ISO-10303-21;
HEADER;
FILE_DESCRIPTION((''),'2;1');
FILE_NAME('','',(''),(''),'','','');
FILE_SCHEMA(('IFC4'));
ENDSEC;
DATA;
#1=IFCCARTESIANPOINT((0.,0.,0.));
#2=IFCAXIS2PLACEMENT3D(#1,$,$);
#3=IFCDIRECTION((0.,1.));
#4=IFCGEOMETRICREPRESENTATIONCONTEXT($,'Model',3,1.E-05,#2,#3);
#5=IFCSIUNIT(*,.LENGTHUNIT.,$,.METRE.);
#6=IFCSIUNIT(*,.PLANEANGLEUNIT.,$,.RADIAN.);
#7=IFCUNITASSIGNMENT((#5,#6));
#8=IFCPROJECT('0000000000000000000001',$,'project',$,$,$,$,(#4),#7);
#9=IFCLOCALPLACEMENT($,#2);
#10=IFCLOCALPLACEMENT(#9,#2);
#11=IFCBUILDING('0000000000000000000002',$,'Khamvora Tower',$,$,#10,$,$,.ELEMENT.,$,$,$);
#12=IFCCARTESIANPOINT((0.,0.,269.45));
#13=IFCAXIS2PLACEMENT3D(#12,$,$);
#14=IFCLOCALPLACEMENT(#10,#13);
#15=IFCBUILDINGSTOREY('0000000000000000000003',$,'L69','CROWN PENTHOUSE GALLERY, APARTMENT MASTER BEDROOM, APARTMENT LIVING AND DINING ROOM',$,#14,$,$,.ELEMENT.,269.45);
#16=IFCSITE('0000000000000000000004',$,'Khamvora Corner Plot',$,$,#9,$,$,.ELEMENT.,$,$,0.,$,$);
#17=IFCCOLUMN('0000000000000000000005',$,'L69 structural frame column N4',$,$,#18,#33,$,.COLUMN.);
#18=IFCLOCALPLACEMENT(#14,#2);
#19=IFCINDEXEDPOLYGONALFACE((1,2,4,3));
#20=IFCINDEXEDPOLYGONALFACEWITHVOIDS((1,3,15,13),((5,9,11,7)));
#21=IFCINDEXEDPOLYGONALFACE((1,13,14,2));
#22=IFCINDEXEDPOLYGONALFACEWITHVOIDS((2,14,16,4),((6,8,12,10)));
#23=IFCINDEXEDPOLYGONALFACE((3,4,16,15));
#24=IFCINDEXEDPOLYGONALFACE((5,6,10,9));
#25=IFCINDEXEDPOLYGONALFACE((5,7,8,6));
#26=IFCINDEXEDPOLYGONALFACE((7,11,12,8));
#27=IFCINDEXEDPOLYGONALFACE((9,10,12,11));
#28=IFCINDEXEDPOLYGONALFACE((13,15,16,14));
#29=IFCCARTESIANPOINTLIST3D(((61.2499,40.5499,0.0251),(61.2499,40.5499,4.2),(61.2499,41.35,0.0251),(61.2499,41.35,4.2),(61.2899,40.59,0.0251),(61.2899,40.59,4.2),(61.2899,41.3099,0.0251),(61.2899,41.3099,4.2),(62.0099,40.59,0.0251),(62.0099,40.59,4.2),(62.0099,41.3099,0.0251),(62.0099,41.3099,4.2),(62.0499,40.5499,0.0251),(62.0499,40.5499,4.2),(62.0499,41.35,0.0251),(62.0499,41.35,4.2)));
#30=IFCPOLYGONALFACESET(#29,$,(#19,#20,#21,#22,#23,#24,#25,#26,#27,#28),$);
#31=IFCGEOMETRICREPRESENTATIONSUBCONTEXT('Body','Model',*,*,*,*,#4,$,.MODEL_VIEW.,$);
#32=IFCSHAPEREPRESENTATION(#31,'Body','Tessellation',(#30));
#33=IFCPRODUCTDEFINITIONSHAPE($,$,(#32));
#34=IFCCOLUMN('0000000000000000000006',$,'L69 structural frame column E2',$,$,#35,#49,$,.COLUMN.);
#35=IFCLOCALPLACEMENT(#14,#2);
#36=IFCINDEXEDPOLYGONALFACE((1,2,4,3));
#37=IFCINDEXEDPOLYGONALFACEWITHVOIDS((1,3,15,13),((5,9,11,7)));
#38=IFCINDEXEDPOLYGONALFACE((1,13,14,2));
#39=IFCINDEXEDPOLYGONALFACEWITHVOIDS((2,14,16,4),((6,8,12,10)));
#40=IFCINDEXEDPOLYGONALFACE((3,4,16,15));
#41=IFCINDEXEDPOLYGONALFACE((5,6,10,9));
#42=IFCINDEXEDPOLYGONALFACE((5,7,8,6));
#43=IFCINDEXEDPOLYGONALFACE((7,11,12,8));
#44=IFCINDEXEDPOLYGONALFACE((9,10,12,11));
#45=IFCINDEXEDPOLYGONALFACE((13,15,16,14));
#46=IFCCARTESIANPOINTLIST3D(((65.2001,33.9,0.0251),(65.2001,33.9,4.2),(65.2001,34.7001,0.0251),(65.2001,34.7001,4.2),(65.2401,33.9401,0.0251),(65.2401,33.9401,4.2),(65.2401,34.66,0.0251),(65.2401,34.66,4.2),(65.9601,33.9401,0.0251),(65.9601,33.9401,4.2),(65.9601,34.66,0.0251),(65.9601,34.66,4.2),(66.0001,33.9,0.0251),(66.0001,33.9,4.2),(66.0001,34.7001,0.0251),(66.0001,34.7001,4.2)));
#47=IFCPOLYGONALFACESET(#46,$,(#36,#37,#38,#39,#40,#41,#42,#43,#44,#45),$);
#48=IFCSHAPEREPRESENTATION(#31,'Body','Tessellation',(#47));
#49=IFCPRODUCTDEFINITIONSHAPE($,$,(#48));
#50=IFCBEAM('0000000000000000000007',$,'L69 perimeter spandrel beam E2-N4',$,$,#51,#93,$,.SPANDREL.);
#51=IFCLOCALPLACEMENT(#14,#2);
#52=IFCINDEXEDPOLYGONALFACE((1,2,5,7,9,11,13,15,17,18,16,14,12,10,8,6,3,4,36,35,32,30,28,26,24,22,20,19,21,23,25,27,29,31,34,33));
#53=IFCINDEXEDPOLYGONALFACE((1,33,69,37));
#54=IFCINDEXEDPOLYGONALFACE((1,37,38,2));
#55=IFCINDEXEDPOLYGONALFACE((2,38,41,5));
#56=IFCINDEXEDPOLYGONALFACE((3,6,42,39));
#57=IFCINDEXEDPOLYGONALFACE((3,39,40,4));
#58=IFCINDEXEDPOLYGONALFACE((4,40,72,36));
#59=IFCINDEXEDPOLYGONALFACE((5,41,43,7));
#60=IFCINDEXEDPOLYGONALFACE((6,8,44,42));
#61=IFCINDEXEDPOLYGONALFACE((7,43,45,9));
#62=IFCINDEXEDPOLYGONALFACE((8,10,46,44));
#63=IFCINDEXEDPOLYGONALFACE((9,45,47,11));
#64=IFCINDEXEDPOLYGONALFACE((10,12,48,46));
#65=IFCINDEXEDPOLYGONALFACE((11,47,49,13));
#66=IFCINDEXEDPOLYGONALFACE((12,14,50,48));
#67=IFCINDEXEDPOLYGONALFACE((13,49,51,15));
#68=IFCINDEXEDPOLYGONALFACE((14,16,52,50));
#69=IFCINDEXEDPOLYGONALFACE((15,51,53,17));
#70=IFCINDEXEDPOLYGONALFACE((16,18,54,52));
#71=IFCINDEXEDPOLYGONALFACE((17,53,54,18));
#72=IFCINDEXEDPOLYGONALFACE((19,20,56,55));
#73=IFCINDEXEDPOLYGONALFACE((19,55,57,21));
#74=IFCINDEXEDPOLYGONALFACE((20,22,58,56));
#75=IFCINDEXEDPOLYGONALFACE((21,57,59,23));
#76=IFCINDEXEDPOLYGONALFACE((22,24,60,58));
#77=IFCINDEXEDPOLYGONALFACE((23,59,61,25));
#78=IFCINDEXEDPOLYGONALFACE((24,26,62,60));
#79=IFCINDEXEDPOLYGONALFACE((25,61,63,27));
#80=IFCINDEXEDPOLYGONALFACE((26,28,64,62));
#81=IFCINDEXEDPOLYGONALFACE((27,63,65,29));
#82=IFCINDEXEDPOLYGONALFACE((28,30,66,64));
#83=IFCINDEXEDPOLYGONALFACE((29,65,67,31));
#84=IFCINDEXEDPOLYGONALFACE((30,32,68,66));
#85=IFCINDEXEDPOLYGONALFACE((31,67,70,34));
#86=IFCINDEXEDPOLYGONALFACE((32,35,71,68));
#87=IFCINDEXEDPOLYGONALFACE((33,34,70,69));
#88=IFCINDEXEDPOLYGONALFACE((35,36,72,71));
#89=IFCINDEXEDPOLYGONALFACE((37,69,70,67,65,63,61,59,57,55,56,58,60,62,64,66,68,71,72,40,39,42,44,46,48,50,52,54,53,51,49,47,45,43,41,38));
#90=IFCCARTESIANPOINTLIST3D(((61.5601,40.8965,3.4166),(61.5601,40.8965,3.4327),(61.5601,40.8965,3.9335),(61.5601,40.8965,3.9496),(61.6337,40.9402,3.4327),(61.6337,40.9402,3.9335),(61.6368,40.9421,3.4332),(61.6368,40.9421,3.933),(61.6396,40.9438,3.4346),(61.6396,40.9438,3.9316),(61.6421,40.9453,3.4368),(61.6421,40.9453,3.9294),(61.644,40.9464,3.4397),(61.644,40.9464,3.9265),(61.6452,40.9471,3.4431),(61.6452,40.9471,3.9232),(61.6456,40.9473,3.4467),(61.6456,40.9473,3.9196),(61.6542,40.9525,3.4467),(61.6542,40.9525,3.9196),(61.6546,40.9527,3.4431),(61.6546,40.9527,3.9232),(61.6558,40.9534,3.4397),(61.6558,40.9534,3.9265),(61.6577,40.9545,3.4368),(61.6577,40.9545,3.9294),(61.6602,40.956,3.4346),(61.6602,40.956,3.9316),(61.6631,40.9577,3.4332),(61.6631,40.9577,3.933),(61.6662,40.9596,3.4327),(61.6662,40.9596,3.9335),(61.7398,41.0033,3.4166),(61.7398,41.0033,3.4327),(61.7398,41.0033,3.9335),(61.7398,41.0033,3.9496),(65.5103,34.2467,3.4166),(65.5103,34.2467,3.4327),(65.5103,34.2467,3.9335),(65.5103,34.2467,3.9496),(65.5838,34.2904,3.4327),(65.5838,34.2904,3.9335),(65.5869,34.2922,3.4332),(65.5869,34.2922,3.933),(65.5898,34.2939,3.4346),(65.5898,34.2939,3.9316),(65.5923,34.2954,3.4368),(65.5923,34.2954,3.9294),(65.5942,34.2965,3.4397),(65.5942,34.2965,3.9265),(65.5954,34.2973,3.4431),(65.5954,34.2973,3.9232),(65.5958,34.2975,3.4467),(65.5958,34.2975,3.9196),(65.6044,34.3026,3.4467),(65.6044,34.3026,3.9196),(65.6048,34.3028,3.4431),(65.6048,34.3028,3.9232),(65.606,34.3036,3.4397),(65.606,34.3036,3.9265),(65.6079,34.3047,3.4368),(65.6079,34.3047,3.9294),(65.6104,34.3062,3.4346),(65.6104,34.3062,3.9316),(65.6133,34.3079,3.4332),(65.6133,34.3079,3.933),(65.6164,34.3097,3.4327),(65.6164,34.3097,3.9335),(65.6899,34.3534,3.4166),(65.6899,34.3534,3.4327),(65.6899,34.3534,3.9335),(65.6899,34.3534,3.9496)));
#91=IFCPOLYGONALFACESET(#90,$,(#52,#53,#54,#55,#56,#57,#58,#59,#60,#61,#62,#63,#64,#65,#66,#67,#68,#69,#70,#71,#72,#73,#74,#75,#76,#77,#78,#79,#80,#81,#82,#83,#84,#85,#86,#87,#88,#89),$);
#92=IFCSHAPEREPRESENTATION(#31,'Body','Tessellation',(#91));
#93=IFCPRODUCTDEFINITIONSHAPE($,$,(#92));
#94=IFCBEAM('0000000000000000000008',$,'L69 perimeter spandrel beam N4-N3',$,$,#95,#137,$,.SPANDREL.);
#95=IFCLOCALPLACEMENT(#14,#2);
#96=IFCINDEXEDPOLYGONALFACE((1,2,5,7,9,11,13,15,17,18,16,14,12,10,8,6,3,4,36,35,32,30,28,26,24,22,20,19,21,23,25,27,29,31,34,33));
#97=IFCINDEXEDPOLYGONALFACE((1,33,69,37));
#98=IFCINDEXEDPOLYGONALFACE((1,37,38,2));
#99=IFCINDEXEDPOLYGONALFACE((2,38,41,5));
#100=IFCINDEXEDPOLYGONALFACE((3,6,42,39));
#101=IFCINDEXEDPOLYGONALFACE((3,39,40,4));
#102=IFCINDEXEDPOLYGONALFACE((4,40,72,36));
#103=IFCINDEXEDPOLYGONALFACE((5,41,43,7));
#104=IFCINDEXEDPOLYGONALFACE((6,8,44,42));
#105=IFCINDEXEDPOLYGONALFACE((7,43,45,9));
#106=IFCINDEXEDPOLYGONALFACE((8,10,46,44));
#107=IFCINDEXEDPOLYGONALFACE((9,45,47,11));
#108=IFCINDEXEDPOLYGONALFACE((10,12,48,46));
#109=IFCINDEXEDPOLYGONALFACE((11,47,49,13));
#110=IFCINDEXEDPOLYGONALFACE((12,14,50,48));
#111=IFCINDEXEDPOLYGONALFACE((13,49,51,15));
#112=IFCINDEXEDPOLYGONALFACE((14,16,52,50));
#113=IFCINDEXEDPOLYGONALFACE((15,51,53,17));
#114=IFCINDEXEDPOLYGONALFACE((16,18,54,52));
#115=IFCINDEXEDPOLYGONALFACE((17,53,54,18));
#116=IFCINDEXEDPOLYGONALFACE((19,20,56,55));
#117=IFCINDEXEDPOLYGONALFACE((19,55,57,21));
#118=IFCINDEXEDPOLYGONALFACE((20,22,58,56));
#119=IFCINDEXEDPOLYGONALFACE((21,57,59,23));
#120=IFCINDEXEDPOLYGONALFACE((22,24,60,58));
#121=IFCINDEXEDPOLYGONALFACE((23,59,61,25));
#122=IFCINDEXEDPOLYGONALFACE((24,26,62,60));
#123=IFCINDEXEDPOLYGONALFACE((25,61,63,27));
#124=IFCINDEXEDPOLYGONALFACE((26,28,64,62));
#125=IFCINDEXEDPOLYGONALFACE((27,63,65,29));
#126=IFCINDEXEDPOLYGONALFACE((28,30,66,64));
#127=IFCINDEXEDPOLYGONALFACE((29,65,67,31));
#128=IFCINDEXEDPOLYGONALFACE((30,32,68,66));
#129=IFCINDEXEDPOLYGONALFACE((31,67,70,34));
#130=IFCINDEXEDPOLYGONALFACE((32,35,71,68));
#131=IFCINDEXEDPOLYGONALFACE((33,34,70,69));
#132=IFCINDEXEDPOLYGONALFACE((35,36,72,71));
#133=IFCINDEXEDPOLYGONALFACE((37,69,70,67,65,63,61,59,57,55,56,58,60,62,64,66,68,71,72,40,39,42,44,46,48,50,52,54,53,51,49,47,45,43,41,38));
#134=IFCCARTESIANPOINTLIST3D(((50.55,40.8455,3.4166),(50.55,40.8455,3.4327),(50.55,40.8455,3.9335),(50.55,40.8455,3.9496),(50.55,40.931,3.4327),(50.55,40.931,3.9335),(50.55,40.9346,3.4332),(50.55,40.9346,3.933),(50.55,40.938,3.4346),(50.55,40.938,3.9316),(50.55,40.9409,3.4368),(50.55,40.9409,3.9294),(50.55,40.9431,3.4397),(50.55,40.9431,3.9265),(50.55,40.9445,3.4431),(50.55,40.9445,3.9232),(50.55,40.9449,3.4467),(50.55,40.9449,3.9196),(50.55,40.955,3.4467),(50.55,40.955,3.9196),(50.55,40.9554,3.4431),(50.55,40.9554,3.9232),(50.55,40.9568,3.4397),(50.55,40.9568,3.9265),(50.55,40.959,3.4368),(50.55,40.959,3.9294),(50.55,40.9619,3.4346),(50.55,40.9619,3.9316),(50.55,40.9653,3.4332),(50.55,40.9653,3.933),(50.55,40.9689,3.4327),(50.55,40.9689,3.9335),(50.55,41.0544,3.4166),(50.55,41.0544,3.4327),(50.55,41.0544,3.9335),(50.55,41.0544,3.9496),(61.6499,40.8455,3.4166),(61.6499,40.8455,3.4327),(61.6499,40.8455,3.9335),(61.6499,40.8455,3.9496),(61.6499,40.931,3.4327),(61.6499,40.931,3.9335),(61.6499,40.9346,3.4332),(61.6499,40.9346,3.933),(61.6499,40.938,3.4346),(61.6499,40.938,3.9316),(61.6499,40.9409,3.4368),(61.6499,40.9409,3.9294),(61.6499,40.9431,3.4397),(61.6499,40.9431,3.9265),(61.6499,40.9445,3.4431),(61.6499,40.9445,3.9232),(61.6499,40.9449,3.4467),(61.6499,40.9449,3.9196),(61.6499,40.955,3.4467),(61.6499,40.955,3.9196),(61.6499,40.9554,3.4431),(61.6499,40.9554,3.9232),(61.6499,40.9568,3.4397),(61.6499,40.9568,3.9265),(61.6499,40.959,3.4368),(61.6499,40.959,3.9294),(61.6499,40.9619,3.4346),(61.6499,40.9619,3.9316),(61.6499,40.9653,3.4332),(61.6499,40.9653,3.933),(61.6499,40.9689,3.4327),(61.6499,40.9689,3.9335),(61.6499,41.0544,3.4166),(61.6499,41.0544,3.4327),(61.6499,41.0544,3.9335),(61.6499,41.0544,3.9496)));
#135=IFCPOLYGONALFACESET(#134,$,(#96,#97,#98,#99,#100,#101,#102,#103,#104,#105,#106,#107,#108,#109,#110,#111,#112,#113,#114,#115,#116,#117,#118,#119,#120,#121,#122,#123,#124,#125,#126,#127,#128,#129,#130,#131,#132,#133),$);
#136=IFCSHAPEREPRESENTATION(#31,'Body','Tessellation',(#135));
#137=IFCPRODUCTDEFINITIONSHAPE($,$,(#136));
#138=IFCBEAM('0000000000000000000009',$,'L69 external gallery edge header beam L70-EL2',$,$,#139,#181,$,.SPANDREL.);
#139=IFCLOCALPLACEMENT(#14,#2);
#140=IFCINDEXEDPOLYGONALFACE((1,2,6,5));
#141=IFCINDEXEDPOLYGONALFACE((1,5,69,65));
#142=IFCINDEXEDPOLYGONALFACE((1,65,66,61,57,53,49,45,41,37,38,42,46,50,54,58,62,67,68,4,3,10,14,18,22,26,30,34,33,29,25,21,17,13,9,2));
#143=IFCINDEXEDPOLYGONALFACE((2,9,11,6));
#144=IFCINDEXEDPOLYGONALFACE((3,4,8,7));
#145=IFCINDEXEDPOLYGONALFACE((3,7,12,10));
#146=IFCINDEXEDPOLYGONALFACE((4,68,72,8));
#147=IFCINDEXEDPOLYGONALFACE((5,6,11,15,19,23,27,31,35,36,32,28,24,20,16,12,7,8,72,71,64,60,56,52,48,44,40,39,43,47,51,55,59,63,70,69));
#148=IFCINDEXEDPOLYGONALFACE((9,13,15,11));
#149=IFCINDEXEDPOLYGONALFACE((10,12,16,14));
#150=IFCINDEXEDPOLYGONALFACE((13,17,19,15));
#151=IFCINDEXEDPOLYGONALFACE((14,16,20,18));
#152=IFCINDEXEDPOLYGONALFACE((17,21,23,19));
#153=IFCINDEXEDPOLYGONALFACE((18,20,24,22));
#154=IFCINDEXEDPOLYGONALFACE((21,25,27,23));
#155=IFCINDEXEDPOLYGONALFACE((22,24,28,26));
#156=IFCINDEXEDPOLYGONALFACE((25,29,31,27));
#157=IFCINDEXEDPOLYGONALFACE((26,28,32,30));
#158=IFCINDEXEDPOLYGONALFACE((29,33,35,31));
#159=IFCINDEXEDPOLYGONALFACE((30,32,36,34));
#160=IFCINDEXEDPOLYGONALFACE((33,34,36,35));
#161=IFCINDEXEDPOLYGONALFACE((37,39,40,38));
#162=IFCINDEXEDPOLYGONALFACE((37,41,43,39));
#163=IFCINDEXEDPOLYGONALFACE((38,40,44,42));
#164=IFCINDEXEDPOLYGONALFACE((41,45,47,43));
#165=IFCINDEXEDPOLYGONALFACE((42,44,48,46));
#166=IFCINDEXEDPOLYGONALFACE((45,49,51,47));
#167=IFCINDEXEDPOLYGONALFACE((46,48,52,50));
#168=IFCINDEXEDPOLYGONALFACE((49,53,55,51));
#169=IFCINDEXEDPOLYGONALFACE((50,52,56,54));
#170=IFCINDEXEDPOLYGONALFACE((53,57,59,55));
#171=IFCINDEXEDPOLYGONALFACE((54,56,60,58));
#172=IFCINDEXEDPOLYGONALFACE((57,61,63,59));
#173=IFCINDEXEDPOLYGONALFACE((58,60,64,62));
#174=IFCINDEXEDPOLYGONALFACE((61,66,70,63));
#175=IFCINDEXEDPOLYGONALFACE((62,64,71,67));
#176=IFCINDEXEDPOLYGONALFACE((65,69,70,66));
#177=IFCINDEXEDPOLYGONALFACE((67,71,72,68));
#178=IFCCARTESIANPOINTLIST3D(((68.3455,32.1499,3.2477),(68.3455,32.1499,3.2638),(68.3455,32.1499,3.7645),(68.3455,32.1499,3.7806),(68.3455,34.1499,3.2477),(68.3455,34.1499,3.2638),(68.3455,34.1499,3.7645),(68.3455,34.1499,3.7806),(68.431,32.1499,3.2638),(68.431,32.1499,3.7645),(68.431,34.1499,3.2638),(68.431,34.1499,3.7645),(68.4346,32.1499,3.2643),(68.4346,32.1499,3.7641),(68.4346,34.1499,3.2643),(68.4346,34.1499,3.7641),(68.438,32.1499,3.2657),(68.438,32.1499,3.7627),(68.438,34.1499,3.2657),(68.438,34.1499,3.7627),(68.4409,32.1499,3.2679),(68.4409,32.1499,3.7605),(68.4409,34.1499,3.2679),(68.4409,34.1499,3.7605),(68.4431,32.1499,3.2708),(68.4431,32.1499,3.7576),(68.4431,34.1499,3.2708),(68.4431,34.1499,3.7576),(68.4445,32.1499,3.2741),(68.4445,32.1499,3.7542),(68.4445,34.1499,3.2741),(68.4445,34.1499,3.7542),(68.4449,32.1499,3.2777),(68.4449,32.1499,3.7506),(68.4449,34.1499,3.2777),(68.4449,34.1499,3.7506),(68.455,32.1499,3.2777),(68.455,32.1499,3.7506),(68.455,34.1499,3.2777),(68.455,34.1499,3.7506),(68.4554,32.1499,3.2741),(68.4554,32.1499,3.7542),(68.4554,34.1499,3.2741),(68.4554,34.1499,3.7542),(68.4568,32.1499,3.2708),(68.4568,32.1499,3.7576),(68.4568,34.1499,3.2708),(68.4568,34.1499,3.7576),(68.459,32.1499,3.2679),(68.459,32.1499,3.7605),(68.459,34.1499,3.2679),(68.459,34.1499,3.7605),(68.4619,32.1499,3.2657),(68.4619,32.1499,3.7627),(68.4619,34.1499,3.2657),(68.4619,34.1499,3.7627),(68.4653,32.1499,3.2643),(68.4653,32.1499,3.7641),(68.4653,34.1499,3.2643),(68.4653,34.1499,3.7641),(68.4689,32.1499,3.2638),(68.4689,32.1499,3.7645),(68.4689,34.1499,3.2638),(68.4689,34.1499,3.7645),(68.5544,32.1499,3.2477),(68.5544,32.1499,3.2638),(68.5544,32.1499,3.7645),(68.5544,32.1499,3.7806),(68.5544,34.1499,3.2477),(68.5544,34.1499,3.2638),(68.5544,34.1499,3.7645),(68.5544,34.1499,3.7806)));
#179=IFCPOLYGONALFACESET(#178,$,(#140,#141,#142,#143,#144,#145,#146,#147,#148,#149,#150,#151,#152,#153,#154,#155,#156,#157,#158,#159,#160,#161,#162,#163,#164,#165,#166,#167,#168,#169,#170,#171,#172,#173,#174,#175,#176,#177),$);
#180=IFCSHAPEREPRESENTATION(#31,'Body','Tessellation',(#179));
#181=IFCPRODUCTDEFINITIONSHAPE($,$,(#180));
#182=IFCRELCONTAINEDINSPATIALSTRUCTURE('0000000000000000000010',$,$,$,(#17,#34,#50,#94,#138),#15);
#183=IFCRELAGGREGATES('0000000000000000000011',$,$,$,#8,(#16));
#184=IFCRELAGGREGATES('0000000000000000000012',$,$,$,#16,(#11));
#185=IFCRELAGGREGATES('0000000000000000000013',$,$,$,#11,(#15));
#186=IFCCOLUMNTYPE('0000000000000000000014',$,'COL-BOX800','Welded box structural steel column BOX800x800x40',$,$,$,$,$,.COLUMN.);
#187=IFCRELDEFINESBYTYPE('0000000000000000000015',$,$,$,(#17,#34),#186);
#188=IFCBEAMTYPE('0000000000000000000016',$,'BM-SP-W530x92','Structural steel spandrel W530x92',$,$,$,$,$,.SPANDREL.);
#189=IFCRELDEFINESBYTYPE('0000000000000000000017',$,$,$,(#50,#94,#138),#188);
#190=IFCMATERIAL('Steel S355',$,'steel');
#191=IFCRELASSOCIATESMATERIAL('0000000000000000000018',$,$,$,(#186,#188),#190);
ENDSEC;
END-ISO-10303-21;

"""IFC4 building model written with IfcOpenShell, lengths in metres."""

from ifc_helpers import new_model, si_unit, direction, frame, origin, origin_2d, place, context, subcontext, project, spatial, hollow_rectangle, i_section, extrude, material, material_profile, profile_set, type_object, element, save


model = new_model("IFC4")

# Units and contexts
model_context = context("Model", 3, precision=1e-05, world=origin(), true_north=direction((0.0, 1.0)))
body_context = subcontext(model_context, "Body", "Model", "MODEL_VIEW")
ifc_project = project(units=[si_unit("LENGTHUNIT", "METRE"), si_unit("PLANEANGLEUNIT", "RADIAN")], contexts=[model_context])

# Site, building, storey
site_placement = place(None, origin())
site = spatial("IfcSite", under=ifc_project, at=site_placement, Name="Khamvora Corner Plot", CompositionType="ELEMENT", RefElevation=0.0)
building_placement = place(site_placement, origin())
building = spatial("IfcBuilding", under=site, at=building_placement, Name="Khamvora Tower", CompositionType="ELEMENT")
storey_placement = place(building_placement, frame((0.0, 0.0, 269.45)))
storey = spatial("IfcBuildingStorey", under=building, at=storey_placement, Name="L69", Description="CROWN PENTHOUSE GALLERY, APARTMENT MASTER BEDROOM, APARTMENT LIVING AND DINING ROOM", CompositionType="ELEMENT", Elevation=269.45)

# Columns
ifc_material_1 = material(Name="Steel S355", Category="steel")
ifc_material_profile_1 = material_profile(ifc_material_1, hollow_rectangle(XDim=0.8, YDim=0.8, WallThickness=0.04, at=origin_2d()), Name="BOX800x800x40")
ifc_profile_set_1 = profile_set([ifc_material_profile_1], Name="Steel S355")
column_type = type_object("IfcColumnType", Name="COL-BOX800", Description="Welded box structural steel column BOX800x800x40", PredefinedType="COLUMN", material=ifc_profile_set_1)
for number, where, z_axis, x_axis, name in (
    (1, (61.6499, 40.95, 0.0251), (0.0, 0.0, 1.0), (1.0, 0.0, 0.0), "L69 structural frame column N4"),
    (2, (65.6001, 34.3, 0.0251), (0.0, 0.0, 1.0), (1.0, 0.0, 0.0), "L69 structural frame column E2"),
):
    element("IfcColumn", number, at=place(storey_placement, frame(where, z_axis=z_axis, x_axis=x_axis)), inside=storey, type_object=column_type, Name=name, PredefinedType="COLUMN", context=body_context, shape_type="SweptSolid", body=[
        extrude(hollow_rectangle(XDim=0.8, YDim=0.8, WallThickness=0.04, at=origin_2d()), origin(), (0.0, 0.0, 1.0), 4.1748),
    ])

# Beams
ifc_material_profile_2 = material_profile(ifc_material_1, i_section(OverallWidth=0.209, OverallDepth=0.533, WebThickness=0.01, FlangeThickness=0.0161, FilletRadius=0.0139, at=origin_2d()), Name="W530x92")
ifc_profile_set_2 = profile_set([ifc_material_profile_2], Name="Steel S355")
beam_type = type_object("IfcBeamType", Name="BM-SP-W530x92", Description="Structural steel spandrel W530x92", PredefinedType="SPANDREL", material=ifc_profile_set_2)
beam_1_placement = place(storey_placement, frame((65.6001, 34.3, 3.6831), z_axis=(-0.510712, 0.859752, 0.0), x_axis=(-0.859752, -0.510712, 0.0)))
element("IfcBeam", 3, at=beam_1_placement, inside=storey, type_object=beam_type, Name="L69 perimeter spandrel beam E2-N4", PredefinedType="SPANDREL", context=body_context, shape_type="SweptSolid", body=[
    extrude(i_section(OverallWidth=0.209, OverallDepth=0.533, WebThickness=0.01, FlangeThickness=0.0161, FilletRadius=0.0139, at=origin_2d()), origin(), (0.0, 0.0, 1.0), 7.7346),
])
beam_2_placement = place(storey_placement, frame((61.6499, 40.95, 3.6831), z_axis=(-1.0, 0.0, 0.0), x_axis=(0.0, -1.0, 0.0)))
element("IfcBeam", 4, at=beam_2_placement, inside=storey, type_object=beam_type, Name="L69 perimeter spandrel beam N4-N3", PredefinedType="SPANDREL", context=body_context, shape_type="SweptSolid", body=[
    extrude(i_section(OverallWidth=0.209, OverallDepth=0.533, WebThickness=0.01, FlangeThickness=0.0161, FilletRadius=0.0139, at=origin_2d()), origin(), (0.0, 0.0, 1.0), 11.0999),
])
beam_3_placement = place(storey_placement, frame((68.45, 32.1499, 3.5142), z_axis=(0.0, 1.0, 0.0), x_axis=(-1.0, 0.0, 0.0)))
element("IfcBeam", 5, at=beam_3_placement, inside=storey, type_object=beam_type, Name="L69 external gallery edge header beam L70-EL2", PredefinedType="SPANDREL", context=body_context, shape_type="SweptSolid", body=[
    extrude(i_section(OverallWidth=0.209, OverallDepth=0.533, WebThickness=0.01, FlangeThickness=0.0161, FilletRadius=0.0139, at=origin_2d()), origin(), (0.0, 0.0, 1.0), 2.0),
])

save(model, "model.ifc")
